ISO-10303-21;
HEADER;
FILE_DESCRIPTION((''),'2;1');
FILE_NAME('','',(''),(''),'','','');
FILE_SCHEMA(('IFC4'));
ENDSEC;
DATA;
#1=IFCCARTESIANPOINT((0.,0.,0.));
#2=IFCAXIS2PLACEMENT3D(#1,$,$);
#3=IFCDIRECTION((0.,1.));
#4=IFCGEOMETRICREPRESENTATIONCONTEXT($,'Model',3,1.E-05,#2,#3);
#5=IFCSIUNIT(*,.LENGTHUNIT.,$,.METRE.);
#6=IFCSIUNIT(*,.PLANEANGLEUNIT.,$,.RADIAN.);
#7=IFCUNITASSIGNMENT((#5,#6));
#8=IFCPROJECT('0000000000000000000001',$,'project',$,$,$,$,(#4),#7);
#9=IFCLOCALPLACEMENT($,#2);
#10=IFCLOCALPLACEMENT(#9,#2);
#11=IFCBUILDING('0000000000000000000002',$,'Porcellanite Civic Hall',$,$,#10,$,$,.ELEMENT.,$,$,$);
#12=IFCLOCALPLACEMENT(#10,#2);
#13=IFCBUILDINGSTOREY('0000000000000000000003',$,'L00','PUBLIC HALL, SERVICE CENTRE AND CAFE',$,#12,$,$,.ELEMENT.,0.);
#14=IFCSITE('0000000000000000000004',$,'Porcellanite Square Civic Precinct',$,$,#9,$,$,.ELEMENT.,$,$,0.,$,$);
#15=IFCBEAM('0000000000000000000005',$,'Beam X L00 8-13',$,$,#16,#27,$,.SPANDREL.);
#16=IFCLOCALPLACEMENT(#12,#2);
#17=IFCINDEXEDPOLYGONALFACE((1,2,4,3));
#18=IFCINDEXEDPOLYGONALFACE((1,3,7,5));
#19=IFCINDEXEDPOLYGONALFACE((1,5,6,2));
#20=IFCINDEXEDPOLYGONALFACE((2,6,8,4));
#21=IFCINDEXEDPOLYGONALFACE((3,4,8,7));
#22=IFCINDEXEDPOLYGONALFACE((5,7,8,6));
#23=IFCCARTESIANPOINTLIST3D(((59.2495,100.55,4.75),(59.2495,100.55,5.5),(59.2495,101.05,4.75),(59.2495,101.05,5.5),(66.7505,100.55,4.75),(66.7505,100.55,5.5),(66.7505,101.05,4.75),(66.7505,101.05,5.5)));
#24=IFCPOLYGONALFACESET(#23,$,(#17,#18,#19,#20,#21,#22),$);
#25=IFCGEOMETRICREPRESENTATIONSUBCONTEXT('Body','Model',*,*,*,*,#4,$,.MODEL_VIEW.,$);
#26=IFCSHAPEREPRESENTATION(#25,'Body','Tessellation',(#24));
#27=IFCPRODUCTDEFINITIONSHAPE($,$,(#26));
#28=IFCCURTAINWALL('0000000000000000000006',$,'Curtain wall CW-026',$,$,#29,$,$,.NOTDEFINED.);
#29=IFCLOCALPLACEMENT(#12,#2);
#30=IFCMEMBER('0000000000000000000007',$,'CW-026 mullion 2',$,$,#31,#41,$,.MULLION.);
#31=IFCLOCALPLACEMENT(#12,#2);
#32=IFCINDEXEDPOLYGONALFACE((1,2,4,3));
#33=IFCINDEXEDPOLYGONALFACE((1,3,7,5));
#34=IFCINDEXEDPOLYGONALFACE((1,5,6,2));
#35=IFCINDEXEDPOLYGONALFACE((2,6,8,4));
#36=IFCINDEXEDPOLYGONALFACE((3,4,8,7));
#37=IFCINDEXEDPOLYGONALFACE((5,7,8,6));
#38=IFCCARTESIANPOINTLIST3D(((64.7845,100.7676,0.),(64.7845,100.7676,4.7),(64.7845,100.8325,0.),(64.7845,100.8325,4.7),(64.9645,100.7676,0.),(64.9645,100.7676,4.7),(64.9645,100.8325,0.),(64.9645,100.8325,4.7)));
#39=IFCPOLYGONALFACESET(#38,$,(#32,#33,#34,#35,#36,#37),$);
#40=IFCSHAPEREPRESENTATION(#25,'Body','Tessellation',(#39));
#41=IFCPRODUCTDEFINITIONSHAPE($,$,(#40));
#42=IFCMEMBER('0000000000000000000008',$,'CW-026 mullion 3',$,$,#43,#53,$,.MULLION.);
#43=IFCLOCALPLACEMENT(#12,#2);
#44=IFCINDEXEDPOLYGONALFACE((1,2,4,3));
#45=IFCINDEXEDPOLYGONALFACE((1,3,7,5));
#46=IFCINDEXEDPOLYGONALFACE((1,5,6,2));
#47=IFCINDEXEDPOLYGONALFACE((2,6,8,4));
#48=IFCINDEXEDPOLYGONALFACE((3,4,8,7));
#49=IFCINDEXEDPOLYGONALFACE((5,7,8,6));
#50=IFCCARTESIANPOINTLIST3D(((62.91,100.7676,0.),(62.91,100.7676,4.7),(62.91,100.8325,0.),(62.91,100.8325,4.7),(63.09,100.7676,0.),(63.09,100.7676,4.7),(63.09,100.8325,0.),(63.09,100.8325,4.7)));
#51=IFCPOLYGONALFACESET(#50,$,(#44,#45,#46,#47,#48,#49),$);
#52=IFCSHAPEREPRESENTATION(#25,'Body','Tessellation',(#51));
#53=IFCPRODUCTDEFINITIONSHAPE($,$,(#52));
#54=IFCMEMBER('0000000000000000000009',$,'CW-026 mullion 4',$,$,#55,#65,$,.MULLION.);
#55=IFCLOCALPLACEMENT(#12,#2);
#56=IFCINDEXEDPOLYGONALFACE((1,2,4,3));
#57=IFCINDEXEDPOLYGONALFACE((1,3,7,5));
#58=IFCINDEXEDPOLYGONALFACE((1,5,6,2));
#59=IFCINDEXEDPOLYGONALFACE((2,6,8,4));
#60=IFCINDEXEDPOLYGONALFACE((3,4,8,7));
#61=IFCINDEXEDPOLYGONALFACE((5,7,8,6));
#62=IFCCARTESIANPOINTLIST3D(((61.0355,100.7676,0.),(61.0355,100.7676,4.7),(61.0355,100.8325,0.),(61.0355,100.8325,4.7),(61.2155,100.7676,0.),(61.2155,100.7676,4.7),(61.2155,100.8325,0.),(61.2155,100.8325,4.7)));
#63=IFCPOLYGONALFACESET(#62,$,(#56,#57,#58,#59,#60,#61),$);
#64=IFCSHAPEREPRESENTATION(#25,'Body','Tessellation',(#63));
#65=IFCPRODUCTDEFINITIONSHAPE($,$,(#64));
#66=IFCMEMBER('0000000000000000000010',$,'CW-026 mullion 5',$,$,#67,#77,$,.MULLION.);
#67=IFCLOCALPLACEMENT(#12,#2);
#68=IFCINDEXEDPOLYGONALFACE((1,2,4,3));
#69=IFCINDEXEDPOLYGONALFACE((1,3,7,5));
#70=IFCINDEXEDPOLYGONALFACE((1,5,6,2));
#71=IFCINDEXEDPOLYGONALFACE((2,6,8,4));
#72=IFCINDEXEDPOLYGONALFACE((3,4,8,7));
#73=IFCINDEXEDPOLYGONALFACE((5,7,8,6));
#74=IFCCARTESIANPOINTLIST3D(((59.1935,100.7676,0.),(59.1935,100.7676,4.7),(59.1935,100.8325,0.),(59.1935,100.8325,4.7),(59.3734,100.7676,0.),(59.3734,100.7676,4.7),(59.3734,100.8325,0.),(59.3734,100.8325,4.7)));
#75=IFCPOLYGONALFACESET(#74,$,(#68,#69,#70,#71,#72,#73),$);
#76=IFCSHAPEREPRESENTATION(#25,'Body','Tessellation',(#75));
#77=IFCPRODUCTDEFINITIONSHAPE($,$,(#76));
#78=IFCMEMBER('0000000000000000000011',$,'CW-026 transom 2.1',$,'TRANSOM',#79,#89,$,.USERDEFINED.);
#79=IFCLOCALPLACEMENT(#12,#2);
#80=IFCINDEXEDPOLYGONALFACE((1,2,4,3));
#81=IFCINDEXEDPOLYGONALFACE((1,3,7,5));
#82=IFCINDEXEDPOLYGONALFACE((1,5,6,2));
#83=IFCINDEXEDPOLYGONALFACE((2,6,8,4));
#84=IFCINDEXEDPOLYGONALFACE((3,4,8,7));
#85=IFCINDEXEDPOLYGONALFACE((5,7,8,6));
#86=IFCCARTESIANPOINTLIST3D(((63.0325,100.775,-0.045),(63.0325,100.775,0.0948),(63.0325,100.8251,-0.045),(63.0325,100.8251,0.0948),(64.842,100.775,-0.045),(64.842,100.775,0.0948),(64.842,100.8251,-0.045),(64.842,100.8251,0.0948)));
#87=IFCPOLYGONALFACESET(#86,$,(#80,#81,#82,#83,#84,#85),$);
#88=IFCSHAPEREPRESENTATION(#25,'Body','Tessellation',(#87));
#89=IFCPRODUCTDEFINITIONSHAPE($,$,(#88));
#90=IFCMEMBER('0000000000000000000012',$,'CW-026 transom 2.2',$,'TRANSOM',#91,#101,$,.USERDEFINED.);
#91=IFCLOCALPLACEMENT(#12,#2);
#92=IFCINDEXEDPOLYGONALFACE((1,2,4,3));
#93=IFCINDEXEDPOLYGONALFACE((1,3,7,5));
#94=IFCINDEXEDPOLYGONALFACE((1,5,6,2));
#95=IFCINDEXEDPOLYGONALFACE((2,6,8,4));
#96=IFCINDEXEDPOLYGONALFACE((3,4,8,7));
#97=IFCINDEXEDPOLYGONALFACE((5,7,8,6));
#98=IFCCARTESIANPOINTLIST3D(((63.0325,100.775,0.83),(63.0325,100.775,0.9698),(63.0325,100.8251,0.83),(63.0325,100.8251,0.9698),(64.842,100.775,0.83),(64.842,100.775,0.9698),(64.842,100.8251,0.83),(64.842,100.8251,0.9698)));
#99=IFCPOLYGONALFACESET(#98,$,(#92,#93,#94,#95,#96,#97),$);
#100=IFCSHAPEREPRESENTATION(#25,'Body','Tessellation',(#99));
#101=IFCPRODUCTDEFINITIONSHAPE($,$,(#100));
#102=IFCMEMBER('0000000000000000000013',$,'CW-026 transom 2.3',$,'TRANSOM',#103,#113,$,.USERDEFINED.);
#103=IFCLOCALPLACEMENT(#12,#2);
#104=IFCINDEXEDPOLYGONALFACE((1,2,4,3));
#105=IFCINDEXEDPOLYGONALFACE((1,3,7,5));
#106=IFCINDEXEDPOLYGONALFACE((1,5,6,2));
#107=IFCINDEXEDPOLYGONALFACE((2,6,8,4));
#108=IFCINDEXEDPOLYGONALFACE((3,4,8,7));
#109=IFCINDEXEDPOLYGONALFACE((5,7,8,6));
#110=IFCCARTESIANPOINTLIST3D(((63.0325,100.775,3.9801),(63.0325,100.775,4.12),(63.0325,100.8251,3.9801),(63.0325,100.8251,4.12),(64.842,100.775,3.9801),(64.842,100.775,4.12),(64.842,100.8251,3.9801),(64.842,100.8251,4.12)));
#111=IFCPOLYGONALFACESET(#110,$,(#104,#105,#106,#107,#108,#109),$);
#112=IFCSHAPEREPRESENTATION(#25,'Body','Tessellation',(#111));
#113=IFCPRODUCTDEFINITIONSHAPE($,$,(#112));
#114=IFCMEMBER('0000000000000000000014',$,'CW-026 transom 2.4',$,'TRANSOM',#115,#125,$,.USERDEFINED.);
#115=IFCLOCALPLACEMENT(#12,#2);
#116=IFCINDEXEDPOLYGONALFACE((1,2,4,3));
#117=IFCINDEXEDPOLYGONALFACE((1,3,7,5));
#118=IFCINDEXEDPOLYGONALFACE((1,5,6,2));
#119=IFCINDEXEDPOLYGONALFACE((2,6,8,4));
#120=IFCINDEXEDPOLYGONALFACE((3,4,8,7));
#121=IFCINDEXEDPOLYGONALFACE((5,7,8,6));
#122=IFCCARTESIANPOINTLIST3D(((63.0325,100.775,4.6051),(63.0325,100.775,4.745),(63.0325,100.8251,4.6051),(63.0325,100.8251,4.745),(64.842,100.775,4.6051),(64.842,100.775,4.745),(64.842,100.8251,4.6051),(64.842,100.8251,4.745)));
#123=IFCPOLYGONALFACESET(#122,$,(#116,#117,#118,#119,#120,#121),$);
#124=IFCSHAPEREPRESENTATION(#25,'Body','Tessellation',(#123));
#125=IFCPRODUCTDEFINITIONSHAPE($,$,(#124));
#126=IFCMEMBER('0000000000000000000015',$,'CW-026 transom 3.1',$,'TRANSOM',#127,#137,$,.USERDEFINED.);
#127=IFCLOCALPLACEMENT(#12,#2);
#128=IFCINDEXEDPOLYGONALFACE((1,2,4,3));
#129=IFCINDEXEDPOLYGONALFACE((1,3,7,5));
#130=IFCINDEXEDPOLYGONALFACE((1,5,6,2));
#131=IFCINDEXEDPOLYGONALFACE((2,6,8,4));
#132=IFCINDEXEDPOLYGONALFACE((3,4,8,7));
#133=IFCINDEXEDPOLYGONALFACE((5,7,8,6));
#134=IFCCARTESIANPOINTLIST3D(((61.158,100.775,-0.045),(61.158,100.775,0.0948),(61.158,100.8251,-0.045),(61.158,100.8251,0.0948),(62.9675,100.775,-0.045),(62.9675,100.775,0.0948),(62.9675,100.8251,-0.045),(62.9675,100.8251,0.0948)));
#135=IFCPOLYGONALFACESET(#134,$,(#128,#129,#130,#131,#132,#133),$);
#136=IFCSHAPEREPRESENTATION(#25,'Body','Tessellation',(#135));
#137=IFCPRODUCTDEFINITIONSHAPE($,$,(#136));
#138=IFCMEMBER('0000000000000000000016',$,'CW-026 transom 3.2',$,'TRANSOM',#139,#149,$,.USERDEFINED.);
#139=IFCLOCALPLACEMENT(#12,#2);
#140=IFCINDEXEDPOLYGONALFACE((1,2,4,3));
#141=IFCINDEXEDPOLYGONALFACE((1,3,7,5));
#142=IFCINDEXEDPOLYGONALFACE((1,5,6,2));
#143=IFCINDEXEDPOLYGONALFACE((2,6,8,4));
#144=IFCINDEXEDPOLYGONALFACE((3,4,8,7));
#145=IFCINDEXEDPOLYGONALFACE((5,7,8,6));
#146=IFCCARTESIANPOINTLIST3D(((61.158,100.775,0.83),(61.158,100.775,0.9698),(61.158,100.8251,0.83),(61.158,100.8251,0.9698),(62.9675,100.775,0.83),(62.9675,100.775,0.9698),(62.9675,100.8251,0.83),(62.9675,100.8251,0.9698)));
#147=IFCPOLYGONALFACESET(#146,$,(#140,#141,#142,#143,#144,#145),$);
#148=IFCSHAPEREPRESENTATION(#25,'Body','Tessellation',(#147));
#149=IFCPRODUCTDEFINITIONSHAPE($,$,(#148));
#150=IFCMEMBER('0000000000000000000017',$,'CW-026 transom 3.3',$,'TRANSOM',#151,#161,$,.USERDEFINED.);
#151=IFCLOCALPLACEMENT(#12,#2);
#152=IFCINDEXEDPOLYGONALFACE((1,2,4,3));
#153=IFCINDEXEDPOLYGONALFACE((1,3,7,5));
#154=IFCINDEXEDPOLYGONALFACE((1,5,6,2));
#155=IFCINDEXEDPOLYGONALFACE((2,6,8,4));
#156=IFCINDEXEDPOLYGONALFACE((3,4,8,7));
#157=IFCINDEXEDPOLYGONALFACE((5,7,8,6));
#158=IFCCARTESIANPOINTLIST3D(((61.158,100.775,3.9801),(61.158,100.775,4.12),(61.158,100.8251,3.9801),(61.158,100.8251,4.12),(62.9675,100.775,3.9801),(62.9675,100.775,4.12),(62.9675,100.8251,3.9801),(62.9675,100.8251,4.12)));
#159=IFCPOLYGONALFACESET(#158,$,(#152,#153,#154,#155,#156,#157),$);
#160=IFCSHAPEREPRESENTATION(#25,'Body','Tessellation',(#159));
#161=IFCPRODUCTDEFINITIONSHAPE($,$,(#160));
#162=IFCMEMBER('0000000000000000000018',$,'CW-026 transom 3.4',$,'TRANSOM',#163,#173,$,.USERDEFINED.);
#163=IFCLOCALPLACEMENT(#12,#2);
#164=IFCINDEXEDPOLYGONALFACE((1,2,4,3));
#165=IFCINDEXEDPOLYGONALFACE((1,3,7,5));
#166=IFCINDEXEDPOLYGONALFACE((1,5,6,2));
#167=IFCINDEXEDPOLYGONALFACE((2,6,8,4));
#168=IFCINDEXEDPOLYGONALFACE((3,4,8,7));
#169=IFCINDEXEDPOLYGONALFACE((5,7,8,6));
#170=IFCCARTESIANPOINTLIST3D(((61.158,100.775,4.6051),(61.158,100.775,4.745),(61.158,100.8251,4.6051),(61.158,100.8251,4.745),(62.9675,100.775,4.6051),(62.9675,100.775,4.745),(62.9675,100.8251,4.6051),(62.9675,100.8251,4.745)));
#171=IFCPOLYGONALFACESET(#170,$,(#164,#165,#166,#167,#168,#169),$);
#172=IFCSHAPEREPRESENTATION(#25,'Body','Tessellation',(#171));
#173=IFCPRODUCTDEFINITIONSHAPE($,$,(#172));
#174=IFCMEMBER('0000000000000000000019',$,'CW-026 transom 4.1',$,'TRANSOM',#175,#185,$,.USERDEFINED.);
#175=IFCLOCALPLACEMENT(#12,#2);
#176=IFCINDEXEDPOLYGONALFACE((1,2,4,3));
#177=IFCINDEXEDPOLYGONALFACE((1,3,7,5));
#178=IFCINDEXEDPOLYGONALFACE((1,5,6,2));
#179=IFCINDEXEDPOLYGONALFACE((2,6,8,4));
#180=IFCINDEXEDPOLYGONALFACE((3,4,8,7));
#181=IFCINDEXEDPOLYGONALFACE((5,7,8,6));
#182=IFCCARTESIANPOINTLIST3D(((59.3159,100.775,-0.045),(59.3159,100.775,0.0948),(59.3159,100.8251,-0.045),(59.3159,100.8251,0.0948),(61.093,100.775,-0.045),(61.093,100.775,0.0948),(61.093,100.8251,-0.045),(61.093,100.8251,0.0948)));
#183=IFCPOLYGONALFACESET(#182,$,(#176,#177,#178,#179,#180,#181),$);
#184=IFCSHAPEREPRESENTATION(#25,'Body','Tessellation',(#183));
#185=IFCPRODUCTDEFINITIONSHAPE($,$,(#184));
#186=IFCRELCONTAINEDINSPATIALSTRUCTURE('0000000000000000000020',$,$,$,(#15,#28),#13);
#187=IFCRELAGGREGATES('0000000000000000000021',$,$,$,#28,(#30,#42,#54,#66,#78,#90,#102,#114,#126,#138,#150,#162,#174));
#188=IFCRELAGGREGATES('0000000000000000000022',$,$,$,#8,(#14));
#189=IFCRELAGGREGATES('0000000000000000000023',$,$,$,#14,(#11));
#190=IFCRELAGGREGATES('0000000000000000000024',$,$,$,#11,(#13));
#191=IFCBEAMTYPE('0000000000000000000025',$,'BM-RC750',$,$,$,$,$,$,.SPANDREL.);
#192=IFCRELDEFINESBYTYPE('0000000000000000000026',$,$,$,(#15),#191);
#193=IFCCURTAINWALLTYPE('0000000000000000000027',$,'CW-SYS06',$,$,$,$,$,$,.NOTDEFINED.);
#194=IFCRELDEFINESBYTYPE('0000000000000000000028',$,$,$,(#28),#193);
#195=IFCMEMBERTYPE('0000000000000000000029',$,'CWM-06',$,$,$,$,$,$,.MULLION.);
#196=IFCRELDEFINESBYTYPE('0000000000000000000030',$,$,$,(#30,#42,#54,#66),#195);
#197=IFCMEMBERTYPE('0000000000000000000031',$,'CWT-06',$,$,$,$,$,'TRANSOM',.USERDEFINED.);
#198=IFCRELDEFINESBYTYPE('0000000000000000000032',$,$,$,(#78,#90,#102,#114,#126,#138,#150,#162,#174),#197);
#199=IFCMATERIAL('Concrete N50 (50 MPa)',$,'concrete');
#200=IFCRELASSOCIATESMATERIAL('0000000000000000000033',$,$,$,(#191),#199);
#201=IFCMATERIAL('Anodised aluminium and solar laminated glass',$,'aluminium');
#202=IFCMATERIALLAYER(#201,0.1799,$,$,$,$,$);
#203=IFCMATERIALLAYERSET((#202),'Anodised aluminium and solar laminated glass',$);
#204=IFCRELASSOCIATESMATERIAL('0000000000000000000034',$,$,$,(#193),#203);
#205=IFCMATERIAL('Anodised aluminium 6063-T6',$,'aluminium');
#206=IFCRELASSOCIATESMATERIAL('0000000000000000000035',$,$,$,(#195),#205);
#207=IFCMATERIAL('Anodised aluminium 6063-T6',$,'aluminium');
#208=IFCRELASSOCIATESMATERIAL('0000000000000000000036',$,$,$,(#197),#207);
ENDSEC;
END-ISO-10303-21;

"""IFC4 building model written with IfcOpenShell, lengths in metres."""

from ifc_helpers import new_model, si_unit, direction, frame, origin, origin_2d, place, context, subcontext, project, spatial, rectangle, extrude, material, layer, layer_set, material_profile, profile_set, type_object, element, aggregate, save


model = new_model("IFC4")

# Units and contexts
model_context = context("Model", 3, precision=1e-05, world=origin(), true_north=direction((0.0, 1.0)))
body_context = subcontext(model_context, "Body", "Model", "MODEL_VIEW")
ifc_project = project(units=[si_unit("LENGTHUNIT", "METRE"), si_unit("PLANEANGLEUNIT", "RADIAN")], contexts=[model_context])

# Site, building, storey
site_placement = place(None, origin())
site = spatial("IfcSite", under=ifc_project, at=site_placement, Name="Porcellanite Square Civic Precinct", CompositionType="ELEMENT", RefElevation=0.0)
building_placement = place(site_placement, origin())
building = spatial("IfcBuilding", under=site, at=building_placement, Name="Porcellanite Civic Hall", CompositionType="ELEMENT")
storey_placement = place(building_placement, origin())
storey = spatial("IfcBuildingStorey", under=building, at=storey_placement, Name="L00", Description="PUBLIC HALL, SERVICE CENTRE AND CAFE", CompositionType="ELEMENT", Elevation=0.0)

# Beam
ifc_material_1 = material(Name="Concrete N50 (50 MPa)", Category="concrete")
ifc_material_profile_1 = material_profile(ifc_material_1, rectangle(XDim=0.5, YDim=0.75, at=origin_2d()), Name="RC-500x750")
ifc_profile_set_1 = profile_set([ifc_material_profile_1], Name="Concrete N50 (50 MPa)")
beam_type = type_object("IfcBeamType", Name="BM-RC750", PredefinedType="SPANDREL", material=ifc_profile_set_1)
beam_placement = place(storey_placement, frame((59.2495, 100.8, 5.125), z_axis=(1.0, 0.0, 0.0), x_axis=(0.0, 1.0, 0.0)))
element("IfcBeam", 1, at=beam_placement, inside=storey, type_object=beam_type, Name="Beam X L00 8-13", PredefinedType="SPANDREL", context=body_context, shape_type="SweptSolid", body=[
    extrude(rectangle(XDim=0.5, YDim=0.75, at=origin_2d()), origin(), (0.0, 0.0, 1.0), 7.501),
])

# Curtain wall, members
ifc_material_2 = material(Name="Anodised aluminium and solar laminated glass", Category="aluminium")
ifc_layer_1 = layer(ifc_material_2, 0.1799)
ifc_layer_set_1 = layer_set([ifc_layer_1], Name="Anodised aluminium and solar laminated glass")
curtain_wall_type = type_object("IfcCurtainWallType", Name="CW-SYS06", PredefinedType="NOTDEFINED", material=ifc_layer_set_1)
curtain_wall_placement = place(storey_placement, origin())
curtain_wall = element("IfcCurtainWall", 2, at=curtain_wall_placement, inside=storey, type_object=curtain_wall_type, Name="Curtain wall CW-026", PredefinedType="NOTDEFINED")
ifc_material_3 = material(Name="Anodised aluminium 6063-T6", Category="aluminium")
ifc_material_profile_2 = material_profile(ifc_material_3, rectangle(XDim=0.0649, YDim=0.1799, at=origin_2d()), Name="AL-65x180")
ifc_profile_set_2 = profile_set([ifc_material_profile_2], Name="Anodised aluminium 6063-T6")
member_type_1 = type_object("IfcMemberType", Name="CWM-06", PredefinedType="MULLION", material=ifc_profile_set_2)
member_1_placement = place(storey_placement, frame((64.8745, 100.8, 0.0), z_axis=(0.0, 0.0, 1.0), x_axis=(0.0, -1.0, 0.0)))
member_1 = element("IfcMember", 3, at=member_1_placement, type_object=member_type_1, Name="CW-026 mullion 2", PredefinedType="MULLION", context=body_context, shape_type="SweptSolid", body=[
    extrude(rectangle(XDim=0.0649, YDim=0.1799, at=origin_2d()), origin(), (0.0, 0.0, 1.0), 4.7),
])
member_2_placement = place(storey_placement, frame((63.0, 100.8, 0.0), z_axis=(0.0, 0.0, 1.0), x_axis=(0.0, -1.0, 0.0)))
member_2 = element("IfcMember", 4, at=member_2_placement, type_object=member_type_1, Name="CW-026 mullion 3", PredefinedType="MULLION", context=body_context, shape_type="SweptSolid", body=[
    extrude(rectangle(XDim=0.0649, YDim=0.1799, at=origin_2d()), origin(), (0.0, 0.0, 1.0), 4.7),
])
member_3_placement = place(storey_placement, frame((61.1255, 100.8, 0.0), z_axis=(0.0, 0.0, 1.0), x_axis=(0.0, -1.0, 0.0)))
member_3 = element("IfcMember", 5, at=member_3_placement, type_object=member_type_1, Name="CW-026 mullion 4", PredefinedType="MULLION", context=body_context, shape_type="SweptSolid", body=[
    extrude(rectangle(XDim=0.0649, YDim=0.1799, at=origin_2d()), origin(), (0.0, 0.0, 1.0), 4.7),
])
member_4_placement = place(storey_placement, frame((59.2834, 100.8, 0.0), z_axis=(0.0, 0.0, 1.0), x_axis=(0.0, -1.0, 0.0)))
member_4 = element("IfcMember", 6, at=member_4_placement, type_object=member_type_1, Name="CW-026 mullion 5", PredefinedType="MULLION", context=body_context, shape_type="SweptSolid", body=[
    extrude(rectangle(XDim=0.0649, YDim=0.1799, at=origin_2d()), origin(), (0.0, 0.0, 1.0), 4.7),
])
ifc_material_4 = material(Name="Anodised aluminium 6063-T6", Category="aluminium")
ifc_material_profile_3 = material_profile(ifc_material_4, rectangle(XDim=0.05, YDim=0.1399, at=origin_2d()), Name="AL-50x140")
ifc_profile_set_3 = profile_set([ifc_material_profile_3], Name="Anodised aluminium 6063-T6")
member_type_2 = type_object("IfcMemberType", Name="CWT-06", ElementType="TRANSOM", PredefinedType="USERDEFINED", material=ifc_profile_set_3)
member_5_placement = place(storey_placement, frame((64.842, 100.8, 0.0249), z_axis=(-1.0, 0.0, 0.0), x_axis=(0.0, -1.0, 0.0)))
member_5 = element("IfcMember", 7, at=member_5_placement, type_object=member_type_2, Name="CW-026 transom 2.1", ObjectType="TRANSOM", PredefinedType="USERDEFINED", context=body_context, shape_type="SweptSolid", body=[
    extrude(rectangle(XDim=0.05, YDim=0.1399, at=origin_2d()), origin(), (0.0, 0.0, 1.0), 1.8096),
])
member_6_placement = place(storey_placement, frame((64.842, 100.8, 0.8999), z_axis=(-1.0, 0.0, 0.0), x_axis=(0.0, -1.0, 0.0)))
member_6 = element("IfcMember", 8, at=member_6_placement, type_object=member_type_2, Name="CW-026 transom 2.2", ObjectType="TRANSOM", PredefinedType="USERDEFINED", context=body_context, shape_type="SweptSolid", body=[
    extrude(rectangle(XDim=0.05, YDim=0.1399, at=origin_2d()), origin(), (0.0, 0.0, 1.0), 1.8096),
])
member_7_placement = place(storey_placement, frame((64.842, 100.8, 4.05), z_axis=(-1.0, 0.0, 0.0), x_axis=(0.0, -1.0, 0.0)))
member_7 = element("IfcMember", 9, at=member_7_placement, type_object=member_type_2, Name="CW-026 transom 2.3", ObjectType="TRANSOM", PredefinedType="USERDEFINED", context=body_context, shape_type="SweptSolid", body=[
    extrude(rectangle(XDim=0.05, YDim=0.1399, at=origin_2d()), origin(), (0.0, 0.0, 1.0), 1.8096),
])
member_8_placement = place(storey_placement, frame((64.842, 100.8, 4.675), z_axis=(-1.0, 0.0, 0.0), x_axis=(0.0, -1.0, 0.0)))
member_8 = element("IfcMember", 10, at=member_8_placement, type_object=member_type_2, Name="CW-026 transom 2.4", ObjectType="TRANSOM", PredefinedType="USERDEFINED", context=body_context, shape_type="SweptSolid", body=[
    extrude(rectangle(XDim=0.05, YDim=0.1399, at=origin_2d()), origin(), (0.0, 0.0, 1.0), 1.8096),
])
member_9_placement = place(storey_placement, frame((62.9675, 100.8, 0.0249), z_axis=(-1.0, 0.0, 0.0), x_axis=(0.0, -1.0, 0.0)))
member_9 = element("IfcMember", 11, at=member_9_placement, type_object=member_type_2, Name="CW-026 transom 3.1", ObjectType="TRANSOM", PredefinedType="USERDEFINED", context=body_context, shape_type="SweptSolid", body=[
    extrude(rectangle(XDim=0.05, YDim=0.1399, at=origin_2d()), origin(), (0.0, 0.0, 1.0), 1.8096),
])
member_10_placement = place(storey_placement, frame((62.9675, 100.8, 0.8999), z_axis=(-1.0, 0.0, 0.0), x_axis=(0.0, -1.0, 0.0)))
member_10 = element("IfcMember", 12, at=member_10_placement, type_object=member_type_2, Name="CW-026 transom 3.2", ObjectType="TRANSOM", PredefinedType="USERDEFINED", context=body_context, shape_type="SweptSolid", body=[
    extrude(rectangle(XDim=0.05, YDim=0.1399, at=origin_2d()), origin(), (0.0, 0.0, 1.0), 1.8096),
])
member_11_placement = place(storey_placement, frame((62.9675, 100.8, 4.05), z_axis=(-1.0, 0.0, 0.0), x_axis=(0.0, -1.0, 0.0)))
member_11 = element("IfcMember", 13, at=member_11_placement, type_object=member_type_2, Name="CW-026 transom 3.3", ObjectType="TRANSOM", PredefinedType="USERDEFINED", context=body_context, shape_type="SweptSolid", body=[
    extrude(rectangle(XDim=0.05, YDim=0.1399, at=origin_2d()), origin(), (0.0, 0.0, 1.0), 1.8096),
])
member_12_placement = place(storey_placement, frame((62.9675, 100.8, 4.675), z_axis=(-1.0, 0.0, 0.0), x_axis=(0.0, -1.0, 0.0)))
member_12 = element("IfcMember", 14, at=member_12_placement, type_object=member_type_2, Name="CW-026 transom 3.4", ObjectType="TRANSOM", PredefinedType="USERDEFINED", context=body_context, shape_type="SweptSolid", body=[
    extrude(rectangle(XDim=0.05, YDim=0.1399, at=origin_2d()), origin(), (0.0, 0.0, 1.0), 1.8096),
])
member_13_placement = place(storey_placement, frame((61.093, 100.8, 0.0249), z_axis=(-1.0, 0.0, 0.0), x_axis=(0.0, -1.0, 0.0)))
member_13 = element("IfcMember", 15, at=member_13_placement, type_object=member_type_2, Name="CW-026 transom 4.1", ObjectType="TRANSOM", PredefinedType="USERDEFINED", context=body_context, shape_type="SweptSolid", body=[
    extrude(rectangle(XDim=0.05, YDim=0.1399, at=origin_2d()), origin(), (0.0, 0.0, 1.0), 1.7771),
])

aggregate(curtain_wall, [member_1, member_2, member_3, member_4, member_5, member_6, member_7, member_8, member_9, member_10, member_11, member_12, member_13])

save(model, "model.ifc")
